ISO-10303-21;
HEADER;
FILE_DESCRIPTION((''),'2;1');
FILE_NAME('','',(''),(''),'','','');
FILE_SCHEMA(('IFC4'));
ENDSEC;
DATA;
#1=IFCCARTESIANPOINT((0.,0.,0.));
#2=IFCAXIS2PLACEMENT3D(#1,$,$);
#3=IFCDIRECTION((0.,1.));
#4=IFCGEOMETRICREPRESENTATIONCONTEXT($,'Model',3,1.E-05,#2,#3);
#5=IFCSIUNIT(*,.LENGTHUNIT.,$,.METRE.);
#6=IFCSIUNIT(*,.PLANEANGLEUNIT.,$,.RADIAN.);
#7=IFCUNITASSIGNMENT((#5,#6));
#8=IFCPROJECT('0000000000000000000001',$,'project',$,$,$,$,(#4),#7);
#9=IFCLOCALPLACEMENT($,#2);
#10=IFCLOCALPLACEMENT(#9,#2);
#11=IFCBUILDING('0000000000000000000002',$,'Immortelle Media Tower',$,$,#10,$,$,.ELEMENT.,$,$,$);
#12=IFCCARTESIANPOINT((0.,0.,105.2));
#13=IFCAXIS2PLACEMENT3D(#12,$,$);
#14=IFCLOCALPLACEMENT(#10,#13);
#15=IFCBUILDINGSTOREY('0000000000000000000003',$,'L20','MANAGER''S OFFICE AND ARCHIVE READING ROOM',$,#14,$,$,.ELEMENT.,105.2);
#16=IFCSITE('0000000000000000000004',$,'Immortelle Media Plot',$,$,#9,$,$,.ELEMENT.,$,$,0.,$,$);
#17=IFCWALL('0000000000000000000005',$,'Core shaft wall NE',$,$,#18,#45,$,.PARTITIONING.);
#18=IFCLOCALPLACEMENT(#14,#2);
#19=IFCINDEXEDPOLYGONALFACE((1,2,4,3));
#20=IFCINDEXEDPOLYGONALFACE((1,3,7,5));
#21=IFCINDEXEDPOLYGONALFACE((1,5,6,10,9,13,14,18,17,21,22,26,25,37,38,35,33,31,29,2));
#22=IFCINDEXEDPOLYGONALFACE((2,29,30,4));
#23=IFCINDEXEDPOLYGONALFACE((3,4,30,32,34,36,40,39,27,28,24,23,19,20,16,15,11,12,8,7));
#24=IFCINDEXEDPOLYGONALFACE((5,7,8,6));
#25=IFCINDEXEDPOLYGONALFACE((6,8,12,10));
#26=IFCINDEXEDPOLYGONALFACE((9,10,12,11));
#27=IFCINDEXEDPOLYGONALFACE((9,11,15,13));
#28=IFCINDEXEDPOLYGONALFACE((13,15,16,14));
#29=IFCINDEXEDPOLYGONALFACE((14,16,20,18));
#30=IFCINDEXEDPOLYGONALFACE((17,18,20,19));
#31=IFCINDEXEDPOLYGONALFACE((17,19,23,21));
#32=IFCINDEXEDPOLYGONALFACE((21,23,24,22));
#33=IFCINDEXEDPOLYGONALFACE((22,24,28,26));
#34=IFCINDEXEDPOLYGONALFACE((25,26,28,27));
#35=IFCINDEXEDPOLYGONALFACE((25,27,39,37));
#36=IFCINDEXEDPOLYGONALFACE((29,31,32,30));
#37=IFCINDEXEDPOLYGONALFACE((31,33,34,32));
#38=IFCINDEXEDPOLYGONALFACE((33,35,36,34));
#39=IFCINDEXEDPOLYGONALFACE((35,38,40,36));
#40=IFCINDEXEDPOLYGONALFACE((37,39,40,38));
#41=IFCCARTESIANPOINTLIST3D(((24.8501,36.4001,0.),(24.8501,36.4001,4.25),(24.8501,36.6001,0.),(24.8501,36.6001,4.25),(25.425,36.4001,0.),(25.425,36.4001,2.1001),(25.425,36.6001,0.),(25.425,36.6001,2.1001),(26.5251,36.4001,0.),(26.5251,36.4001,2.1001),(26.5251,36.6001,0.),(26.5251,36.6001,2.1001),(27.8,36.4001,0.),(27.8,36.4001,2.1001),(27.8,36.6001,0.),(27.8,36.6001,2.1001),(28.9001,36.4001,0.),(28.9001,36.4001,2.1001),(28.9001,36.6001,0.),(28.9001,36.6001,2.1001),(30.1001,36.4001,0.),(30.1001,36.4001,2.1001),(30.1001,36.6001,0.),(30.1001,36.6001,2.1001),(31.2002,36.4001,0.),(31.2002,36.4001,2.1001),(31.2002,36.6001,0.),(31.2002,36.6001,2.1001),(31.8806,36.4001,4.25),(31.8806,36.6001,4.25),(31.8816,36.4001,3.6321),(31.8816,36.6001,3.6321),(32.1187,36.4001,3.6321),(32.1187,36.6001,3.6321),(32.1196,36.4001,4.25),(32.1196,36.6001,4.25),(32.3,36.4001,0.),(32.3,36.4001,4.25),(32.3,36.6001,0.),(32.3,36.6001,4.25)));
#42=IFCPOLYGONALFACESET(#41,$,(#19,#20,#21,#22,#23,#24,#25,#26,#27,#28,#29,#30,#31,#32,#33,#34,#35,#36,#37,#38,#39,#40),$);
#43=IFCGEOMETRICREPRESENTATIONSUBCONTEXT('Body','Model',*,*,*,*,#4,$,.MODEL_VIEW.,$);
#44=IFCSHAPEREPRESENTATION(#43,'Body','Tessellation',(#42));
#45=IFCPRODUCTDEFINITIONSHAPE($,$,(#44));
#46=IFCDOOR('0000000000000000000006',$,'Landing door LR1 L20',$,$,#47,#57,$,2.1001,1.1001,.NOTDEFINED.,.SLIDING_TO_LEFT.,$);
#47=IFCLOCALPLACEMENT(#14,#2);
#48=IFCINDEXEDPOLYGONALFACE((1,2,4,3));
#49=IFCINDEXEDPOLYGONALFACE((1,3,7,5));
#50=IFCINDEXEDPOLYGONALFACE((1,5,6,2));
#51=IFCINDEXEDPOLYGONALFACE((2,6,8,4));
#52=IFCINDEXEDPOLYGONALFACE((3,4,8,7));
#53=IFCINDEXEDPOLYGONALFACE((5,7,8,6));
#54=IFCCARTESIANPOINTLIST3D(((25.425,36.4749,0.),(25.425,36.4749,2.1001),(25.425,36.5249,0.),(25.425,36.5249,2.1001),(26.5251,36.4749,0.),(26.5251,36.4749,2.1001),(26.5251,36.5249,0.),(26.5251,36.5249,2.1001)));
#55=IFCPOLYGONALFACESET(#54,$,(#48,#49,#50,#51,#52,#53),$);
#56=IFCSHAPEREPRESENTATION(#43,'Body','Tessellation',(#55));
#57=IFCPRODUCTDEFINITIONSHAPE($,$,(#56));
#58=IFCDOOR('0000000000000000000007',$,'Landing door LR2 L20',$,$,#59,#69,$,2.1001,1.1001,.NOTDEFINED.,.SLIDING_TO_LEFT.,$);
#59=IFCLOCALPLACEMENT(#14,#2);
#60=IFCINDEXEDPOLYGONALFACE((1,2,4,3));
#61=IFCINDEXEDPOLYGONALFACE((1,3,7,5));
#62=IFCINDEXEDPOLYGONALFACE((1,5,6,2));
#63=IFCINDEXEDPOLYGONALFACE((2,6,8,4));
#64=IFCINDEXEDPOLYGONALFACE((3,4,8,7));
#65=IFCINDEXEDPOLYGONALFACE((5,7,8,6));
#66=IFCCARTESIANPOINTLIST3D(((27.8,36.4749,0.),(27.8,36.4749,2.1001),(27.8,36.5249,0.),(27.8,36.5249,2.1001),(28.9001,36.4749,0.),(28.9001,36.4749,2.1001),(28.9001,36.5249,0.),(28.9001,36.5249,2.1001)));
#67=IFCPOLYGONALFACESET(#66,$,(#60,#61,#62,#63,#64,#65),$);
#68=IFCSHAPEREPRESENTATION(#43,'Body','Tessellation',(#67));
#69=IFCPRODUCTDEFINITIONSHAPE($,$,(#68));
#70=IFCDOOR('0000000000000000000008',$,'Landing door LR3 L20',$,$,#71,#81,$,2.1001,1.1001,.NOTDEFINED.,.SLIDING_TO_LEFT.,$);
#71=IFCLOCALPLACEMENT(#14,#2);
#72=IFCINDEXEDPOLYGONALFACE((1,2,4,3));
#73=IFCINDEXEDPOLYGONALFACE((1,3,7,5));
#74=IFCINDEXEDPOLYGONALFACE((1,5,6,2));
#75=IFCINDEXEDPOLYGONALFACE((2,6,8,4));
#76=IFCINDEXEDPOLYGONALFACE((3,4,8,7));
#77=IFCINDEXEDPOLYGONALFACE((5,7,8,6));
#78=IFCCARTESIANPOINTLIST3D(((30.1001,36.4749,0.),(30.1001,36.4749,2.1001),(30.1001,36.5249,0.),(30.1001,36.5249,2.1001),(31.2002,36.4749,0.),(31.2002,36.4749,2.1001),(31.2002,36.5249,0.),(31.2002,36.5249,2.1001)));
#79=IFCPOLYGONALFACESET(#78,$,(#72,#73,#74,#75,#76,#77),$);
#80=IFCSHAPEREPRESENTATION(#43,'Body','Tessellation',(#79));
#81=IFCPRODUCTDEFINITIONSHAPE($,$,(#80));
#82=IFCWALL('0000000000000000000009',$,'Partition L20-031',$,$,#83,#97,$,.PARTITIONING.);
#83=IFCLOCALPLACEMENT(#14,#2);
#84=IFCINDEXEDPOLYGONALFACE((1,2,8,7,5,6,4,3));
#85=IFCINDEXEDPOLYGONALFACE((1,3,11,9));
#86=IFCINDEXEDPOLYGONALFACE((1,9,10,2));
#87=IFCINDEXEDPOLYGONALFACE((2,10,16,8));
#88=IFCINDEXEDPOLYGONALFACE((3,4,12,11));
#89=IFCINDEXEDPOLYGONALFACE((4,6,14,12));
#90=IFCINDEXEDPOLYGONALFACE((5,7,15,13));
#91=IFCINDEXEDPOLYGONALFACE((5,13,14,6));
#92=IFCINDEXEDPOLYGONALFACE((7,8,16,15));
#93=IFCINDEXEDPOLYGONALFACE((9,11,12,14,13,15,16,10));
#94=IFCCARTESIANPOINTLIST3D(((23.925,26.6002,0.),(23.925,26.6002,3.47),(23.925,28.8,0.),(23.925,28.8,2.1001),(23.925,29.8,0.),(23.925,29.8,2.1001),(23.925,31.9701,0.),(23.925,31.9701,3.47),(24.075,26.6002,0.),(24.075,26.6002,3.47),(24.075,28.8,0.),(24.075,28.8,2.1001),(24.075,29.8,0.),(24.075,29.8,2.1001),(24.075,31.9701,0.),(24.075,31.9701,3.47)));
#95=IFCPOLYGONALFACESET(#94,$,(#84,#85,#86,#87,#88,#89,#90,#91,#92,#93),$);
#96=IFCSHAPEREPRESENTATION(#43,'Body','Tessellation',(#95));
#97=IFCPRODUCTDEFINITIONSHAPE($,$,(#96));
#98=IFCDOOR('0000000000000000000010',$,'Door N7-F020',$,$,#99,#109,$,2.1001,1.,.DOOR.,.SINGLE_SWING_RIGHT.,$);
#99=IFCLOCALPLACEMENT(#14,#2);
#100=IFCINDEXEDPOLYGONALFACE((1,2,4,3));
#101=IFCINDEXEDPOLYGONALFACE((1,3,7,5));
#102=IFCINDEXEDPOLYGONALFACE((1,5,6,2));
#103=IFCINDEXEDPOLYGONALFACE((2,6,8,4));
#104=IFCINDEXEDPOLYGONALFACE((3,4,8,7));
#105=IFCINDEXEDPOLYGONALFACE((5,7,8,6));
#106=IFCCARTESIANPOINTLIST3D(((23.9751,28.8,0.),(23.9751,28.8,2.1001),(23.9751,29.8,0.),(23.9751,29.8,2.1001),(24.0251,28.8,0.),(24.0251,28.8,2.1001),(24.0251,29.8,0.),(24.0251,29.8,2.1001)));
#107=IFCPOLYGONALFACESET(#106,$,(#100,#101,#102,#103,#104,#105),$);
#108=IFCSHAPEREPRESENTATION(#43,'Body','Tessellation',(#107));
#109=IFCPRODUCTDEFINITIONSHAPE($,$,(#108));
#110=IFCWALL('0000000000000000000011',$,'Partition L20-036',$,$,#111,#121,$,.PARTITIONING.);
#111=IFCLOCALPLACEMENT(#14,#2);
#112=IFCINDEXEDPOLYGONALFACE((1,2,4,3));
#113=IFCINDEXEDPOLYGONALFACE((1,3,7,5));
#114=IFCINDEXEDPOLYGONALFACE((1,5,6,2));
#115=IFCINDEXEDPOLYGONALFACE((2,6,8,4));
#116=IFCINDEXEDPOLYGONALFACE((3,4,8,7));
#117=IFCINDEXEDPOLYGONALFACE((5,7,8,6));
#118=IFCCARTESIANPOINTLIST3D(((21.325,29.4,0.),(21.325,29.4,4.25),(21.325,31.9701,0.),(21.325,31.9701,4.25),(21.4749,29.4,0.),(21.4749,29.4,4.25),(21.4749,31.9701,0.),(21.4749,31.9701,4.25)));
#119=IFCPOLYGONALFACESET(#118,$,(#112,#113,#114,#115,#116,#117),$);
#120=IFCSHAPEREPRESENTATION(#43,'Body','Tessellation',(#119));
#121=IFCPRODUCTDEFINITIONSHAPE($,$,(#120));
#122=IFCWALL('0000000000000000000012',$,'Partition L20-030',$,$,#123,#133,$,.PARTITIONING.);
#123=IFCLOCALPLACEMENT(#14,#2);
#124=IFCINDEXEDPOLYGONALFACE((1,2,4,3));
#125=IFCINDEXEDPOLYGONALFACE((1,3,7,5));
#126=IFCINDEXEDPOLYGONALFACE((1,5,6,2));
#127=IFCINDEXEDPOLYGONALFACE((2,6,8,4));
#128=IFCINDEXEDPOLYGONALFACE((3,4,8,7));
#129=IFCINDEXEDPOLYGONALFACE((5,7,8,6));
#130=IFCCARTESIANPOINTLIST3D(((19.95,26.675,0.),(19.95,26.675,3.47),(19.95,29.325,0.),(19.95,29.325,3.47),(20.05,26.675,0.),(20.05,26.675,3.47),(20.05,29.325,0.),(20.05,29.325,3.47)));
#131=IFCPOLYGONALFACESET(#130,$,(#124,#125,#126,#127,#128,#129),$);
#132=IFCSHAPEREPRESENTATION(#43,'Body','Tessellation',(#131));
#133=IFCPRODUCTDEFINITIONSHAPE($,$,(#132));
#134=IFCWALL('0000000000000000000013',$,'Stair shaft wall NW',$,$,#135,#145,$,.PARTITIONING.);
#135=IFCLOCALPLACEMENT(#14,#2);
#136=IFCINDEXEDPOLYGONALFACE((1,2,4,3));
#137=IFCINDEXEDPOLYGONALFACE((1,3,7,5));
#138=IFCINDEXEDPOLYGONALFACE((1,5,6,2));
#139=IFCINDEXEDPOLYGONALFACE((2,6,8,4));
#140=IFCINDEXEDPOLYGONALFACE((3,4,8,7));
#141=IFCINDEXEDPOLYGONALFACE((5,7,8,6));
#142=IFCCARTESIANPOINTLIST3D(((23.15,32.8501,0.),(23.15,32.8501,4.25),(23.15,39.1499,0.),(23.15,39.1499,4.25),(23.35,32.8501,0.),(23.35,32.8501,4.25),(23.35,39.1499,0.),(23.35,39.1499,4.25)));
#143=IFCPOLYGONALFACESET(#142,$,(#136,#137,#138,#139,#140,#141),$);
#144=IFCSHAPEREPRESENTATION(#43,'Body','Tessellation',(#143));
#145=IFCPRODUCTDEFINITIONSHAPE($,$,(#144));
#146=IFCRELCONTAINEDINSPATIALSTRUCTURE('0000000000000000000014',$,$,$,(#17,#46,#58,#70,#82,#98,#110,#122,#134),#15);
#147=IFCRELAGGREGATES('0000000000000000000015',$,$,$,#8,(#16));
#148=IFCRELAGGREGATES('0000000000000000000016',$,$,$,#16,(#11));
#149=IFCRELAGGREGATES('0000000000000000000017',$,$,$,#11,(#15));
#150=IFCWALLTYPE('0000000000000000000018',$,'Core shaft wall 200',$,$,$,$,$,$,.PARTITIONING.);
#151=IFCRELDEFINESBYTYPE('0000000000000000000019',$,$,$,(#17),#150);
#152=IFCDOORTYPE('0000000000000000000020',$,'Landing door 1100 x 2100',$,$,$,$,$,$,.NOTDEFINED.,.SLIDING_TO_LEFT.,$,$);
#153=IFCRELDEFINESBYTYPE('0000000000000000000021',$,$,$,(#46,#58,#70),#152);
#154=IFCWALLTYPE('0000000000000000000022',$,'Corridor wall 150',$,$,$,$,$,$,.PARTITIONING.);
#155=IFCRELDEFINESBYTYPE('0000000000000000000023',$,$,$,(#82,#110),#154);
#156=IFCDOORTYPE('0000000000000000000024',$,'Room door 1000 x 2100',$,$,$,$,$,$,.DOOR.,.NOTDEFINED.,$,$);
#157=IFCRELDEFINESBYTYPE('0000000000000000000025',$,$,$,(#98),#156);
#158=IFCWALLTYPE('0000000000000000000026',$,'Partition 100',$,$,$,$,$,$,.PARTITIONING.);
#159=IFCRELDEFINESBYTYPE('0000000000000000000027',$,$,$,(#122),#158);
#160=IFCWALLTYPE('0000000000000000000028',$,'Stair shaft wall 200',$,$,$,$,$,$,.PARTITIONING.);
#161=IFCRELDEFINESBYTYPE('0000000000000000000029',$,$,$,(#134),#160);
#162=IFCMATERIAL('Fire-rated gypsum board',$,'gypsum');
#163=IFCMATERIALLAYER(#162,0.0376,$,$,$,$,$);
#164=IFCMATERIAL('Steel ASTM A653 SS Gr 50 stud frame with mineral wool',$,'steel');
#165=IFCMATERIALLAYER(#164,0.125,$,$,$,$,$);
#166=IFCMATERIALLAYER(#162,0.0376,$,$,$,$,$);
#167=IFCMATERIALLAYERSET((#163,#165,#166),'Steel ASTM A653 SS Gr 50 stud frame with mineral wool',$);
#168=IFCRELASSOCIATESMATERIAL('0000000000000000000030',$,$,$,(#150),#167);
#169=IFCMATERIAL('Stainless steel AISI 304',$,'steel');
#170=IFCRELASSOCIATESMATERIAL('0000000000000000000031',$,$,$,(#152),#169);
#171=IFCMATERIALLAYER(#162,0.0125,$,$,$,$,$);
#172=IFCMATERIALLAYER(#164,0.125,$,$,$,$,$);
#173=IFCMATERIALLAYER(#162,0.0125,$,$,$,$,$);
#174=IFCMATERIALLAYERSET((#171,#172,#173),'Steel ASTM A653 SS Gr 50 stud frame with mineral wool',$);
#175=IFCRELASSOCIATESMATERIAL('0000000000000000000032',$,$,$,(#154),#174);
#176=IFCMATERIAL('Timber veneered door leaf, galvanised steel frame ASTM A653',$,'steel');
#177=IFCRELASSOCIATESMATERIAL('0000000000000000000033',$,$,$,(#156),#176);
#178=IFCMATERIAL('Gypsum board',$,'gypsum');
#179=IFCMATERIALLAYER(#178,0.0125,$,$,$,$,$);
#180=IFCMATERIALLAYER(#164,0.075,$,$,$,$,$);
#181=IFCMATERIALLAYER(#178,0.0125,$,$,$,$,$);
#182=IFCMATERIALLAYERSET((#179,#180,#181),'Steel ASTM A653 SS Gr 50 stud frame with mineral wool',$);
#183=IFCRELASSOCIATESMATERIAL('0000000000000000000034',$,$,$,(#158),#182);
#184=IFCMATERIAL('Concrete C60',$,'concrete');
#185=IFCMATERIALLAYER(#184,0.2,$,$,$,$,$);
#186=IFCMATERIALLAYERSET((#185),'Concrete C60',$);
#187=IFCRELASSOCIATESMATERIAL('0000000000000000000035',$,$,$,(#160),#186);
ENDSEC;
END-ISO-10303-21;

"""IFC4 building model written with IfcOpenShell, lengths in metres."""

from ifc_helpers import new_model, si_unit, direction, frame, frame_2d, origin, place, context, subcontext, project, spatial, polyline, rectangle, outline, extrude, material, layer, layer_set, type_object, element, fill, save


model = new_model("IFC4")

# Units and contexts
model_context = context("Model", 3, precision=1e-05, world=origin(), true_north=direction((0.0, 1.0)))
body_context = subcontext(model_context, "Body", "Model", "MODEL_VIEW")
ifc_project = project(units=[si_unit("LENGTHUNIT", "METRE"), si_unit("PLANEANGLEUNIT", "RADIAN")], contexts=[model_context])

# Site, building, storey
site_placement = place(None, origin())
site = spatial("IfcSite", under=ifc_project, at=site_placement, Name="Immortelle Media Plot", CompositionType="ELEMENT", RefElevation=0.0)
building_placement = place(site_placement, origin())
building = spatial("IfcBuilding", under=site, at=building_placement, Name="Immortelle Media Tower", CompositionType="ELEMENT")
storey_placement = place(building_placement, frame((0.0, 0.0, 105.2)))
storey = spatial("IfcBuildingStorey", under=building, at=storey_placement, Name="L20", Description="MANAGER'S OFFICE AND ARCHIVE READING ROOM", CompositionType="ELEMENT", Elevation=105.2)

# Shared definitions
ifc_material_1 = material(Name="Fire-rated gypsum board", Category="gypsum")
ifc_material_2 = material(Name="Steel ASTM A653 SS Gr 50 stud frame with mineral wool", Category="steel")
ifc_layer_1 = layer(ifc_material_1, 0.0376)
ifc_layer_2 = layer(ifc_material_2, 0.125)
ifc_layer_3 = layer(ifc_material_1, 0.0376)
ifc_layer_set_1 = layer_set([ifc_layer_1, ifc_layer_2, ifc_layer_3], Name="Steel ASTM A653 SS Gr 50 stud frame with mineral wool")
wall_type_1 = type_object("IfcWallType", Name="Core shaft wall 200", PredefinedType="PARTITIONING", material=ifc_layer_set_1)

# Wall, openings, doors
wall_1_placement = place(storey_placement, frame((24.8501, 36.5, 0.0), z_axis=(0.0, 0.0, 1.0), x_axis=(1.0, 0.0, 0.0)))
wall_1 = element("IfcWall", 1, at=wall_1_placement, inside=storey, type_object=wall_type_1, Name="Core shaft wall NE", PredefinedType="PARTITIONING", context=body_context, shape_type="SweptSolid", body=[
    extrude(outline(polyline([(0.0, 0.0), (7.45, 0.0), (7.45, 4.25), (7.2695, 4.25), (7.2686, 3.6321), (7.0315, 3.6321), (7.0305, 4.25), (0.0, 4.25), (0.0, 0.0)])), frame((0.0, 0.1001, 0.0), z_axis=(0.0, -1.0, 0.0), x_axis=(1.0, 0.0, 0.0)), (0.0, 0.0, 1.0), 0.2),
])
opening_1_placement = place(wall_1_placement, frame((0.575, 0.0, 0.0)))
opening_1 = element("IfcOpeningElement", 2, at=opening_1_placement, cuts=wall_1, PredefinedType="OPENING", context=body_context, shape_type="SweptSolid", body=[
    extrude(rectangle(XDim=1.1001, YDim=2.1001, at=frame_2d((0.55, 1.05))), frame((0.0, 0.1099, 0.0), z_axis=(0.0, -1.0, 0.0), x_axis=(1.0, 0.0, 0.0)), (0.0, 0.0, 1.0), 0.22),
])
opening_2_placement = place(wall_1_placement, frame((2.95, 0.0, 0.0)))
opening_2 = element("IfcOpeningElement", 3, at=opening_2_placement, cuts=wall_1, PredefinedType="OPENING", context=body_context, shape_type="SweptSolid", body=[
    extrude(rectangle(XDim=1.1001, YDim=2.1001, at=frame_2d((0.55, 1.05))), frame((0.0, 0.1099, 0.0), z_axis=(0.0, -1.0, 0.0), x_axis=(1.0, 0.0, 0.0)), (0.0, 0.0, 1.0), 0.22),
])
opening_3_placement = place(wall_1_placement, frame((5.25, 0.0, 0.0)))
opening_3 = element("IfcOpeningElement", 4, at=opening_3_placement, cuts=wall_1, PredefinedType="OPENING", context=body_context, shape_type="SweptSolid", body=[
    extrude(rectangle(XDim=1.1001, YDim=2.1001, at=frame_2d((0.55, 1.05))), frame((0.0, 0.1099, 0.0), z_axis=(0.0, -1.0, 0.0), x_axis=(1.0, 0.0, 0.0)), (0.0, 0.0, 1.0), 0.22),
])
ifc_material_3 = material(Name="Stainless steel AISI 304", Category="steel")
door_type_1 = type_object("IfcDoorType", Name="Landing door 1100 x 2100", OperationType="SLIDING_TO_LEFT", PredefinedType="NOTDEFINED", material=ifc_material_3)
door_1_placement = place(opening_1_placement, origin())
door_1 = element("IfcDoor", 5, at=door_1_placement, inside=storey, type_object=door_type_1, Name="Landing door LR1 L20", OperationType="SLIDING_TO_LEFT", OverallHeight=2.1001, OverallWidth=1.1001, PredefinedType="NOTDEFINED", context=body_context, shape_type="SweptSolid", body=[
    extrude(rectangle(XDim=1.1001, YDim=2.1001, at=frame_2d((0.55, 1.05))), frame((0.0, 0.0249, 0.0), z_axis=(0.0, -1.0, 0.0), x_axis=(1.0, 0.0, 0.0)), (0.0, 0.0, 1.0), 0.05),
])
fill(opening_1, door_1)
door_2_placement = place(opening_2_placement, origin())
door_2 = element("IfcDoor", 6, at=door_2_placement, inside=storey, type_object=door_type_1, Name="Landing door LR2 L20", OperationType="SLIDING_TO_LEFT", OverallHeight=2.1001, OverallWidth=1.1001, PredefinedType="NOTDEFINED", context=body_context, shape_type="SweptSolid", body=[
    extrude(rectangle(XDim=1.1001, YDim=2.1001, at=frame_2d((0.55, 1.05))), frame((0.0, 0.0249, 0.0), z_axis=(0.0, -1.0, 0.0), x_axis=(1.0, 0.0, 0.0)), (0.0, 0.0, 1.0), 0.05),
])
fill(opening_2, door_2)
door_3_placement = place(opening_3_placement, origin())
door_3 = element("IfcDoor", 7, at=door_3_placement, inside=storey, type_object=door_type_1, Name="Landing door LR3 L20", OperationType="SLIDING_TO_LEFT", OverallHeight=2.1001, OverallWidth=1.1001, PredefinedType="NOTDEFINED", context=body_context, shape_type="SweptSolid", body=[
    extrude(rectangle(XDim=1.1001, YDim=2.1001, at=frame_2d((0.55, 1.05))), frame((0.0, 0.0249, 0.0), z_axis=(0.0, -1.0, 0.0), x_axis=(1.0, 0.0, 0.0)), (0.0, 0.0, 1.0), 0.05),
])
fill(opening_3, door_3)

# Wall, opening, door
ifc_layer_4 = layer(ifc_material_1, 0.0125)
ifc_layer_5 = layer(ifc_material_2, 0.125)
ifc_layer_6 = layer(ifc_material_1, 0.0125)
ifc_layer_set_2 = layer_set([ifc_layer_4, ifc_layer_5, ifc_layer_6], Name="Steel ASTM A653 SS Gr 50 stud frame with mineral wool")
wall_type_2 = type_object("IfcWallType", Name="Corridor wall 150", PredefinedType="PARTITIONING", material=ifc_layer_set_2)
wall_2_placement = place(storey_placement, frame((24.0, 26.6001, 0.0), z_axis=(0.0, 0.0, 1.0), x_axis=(0.0, 1.0, 0.0)))
wall_2 = element("IfcWall", 8, at=wall_2_placement, inside=storey, type_object=wall_type_2, Name="Partition L20-031", PredefinedType="PARTITIONING", context=body_context, shape_type="SweptSolid", body=[
    extrude(rectangle(XDim=5.3699, YDim=0.1499, at=frame_2d((2.6851, 0.0))), origin(), (0.0, 0.0, 1.0), 3.47),
])
opening_4_placement = place(wall_2_placement, frame((2.2, 0.0, 0.0)))
opening_4 = element("IfcOpeningElement", 9, at=opening_4_placement, cuts=wall_2, PredefinedType="OPENING", context=body_context, shape_type="SweptSolid", body=[
    extrude(rectangle(XDim=1.0, YDim=2.1001, at=frame_2d((0.5, 1.05))), frame((0.0, 0.085, 0.0), z_axis=(0.0, -1.0, 0.0), x_axis=(1.0, 0.0, 0.0)), (0.0, 0.0, 1.0), 0.1699),
])
ifc_material_4 = material(Name="Timber veneered door leaf, galvanised steel frame ASTM A653", Category="steel")
door_type_2 = type_object("IfcDoorType", Name="Room door 1000 x 2100", OperationType="NOTDEFINED", PredefinedType="DOOR", material=ifc_material_4)
door_4_placement = place(opening_4_placement, origin())
door_4 = element("IfcDoor", 10, at=door_4_placement, inside=storey, type_object=door_type_2, Name="Door N7-F020", OperationType="SINGLE_SWING_RIGHT", OverallHeight=2.1001, OverallWidth=1.0, PredefinedType="DOOR", context=body_context, shape_type="SweptSolid", body=[
    extrude(rectangle(XDim=1.0, YDim=2.1001, at=frame_2d((0.5, 1.05))), frame((0.0, 0.0249, 0.0), z_axis=(0.0, -1.0, 0.0), x_axis=(1.0, 0.0, 0.0)), (0.0, 0.0, 1.0), 0.05),
])
fill(opening_4, door_4)

# Walls
wall_3_placement = place(storey_placement, frame((21.3999, 29.3999, 0.0), z_axis=(0.0, 0.0, 1.0), x_axis=(0.0, 1.0, 0.0)))
element("IfcWall", 11, at=wall_3_placement, inside=storey, type_object=wall_type_2, Name="Partition L20-036", PredefinedType="PARTITIONING", context=body_context, shape_type="SweptSolid", body=[
    extrude(rectangle(XDim=2.5701, YDim=0.1499, at=frame_2d((1.2852, 0.0))), origin(), (0.0, 0.0, 1.0), 4.25),
])
ifc_material_5 = material(Name="Gypsum board", Category="gypsum")
ifc_layer_7 = layer(ifc_material_5, 0.0125)
ifc_layer_8 = layer(ifc_material_2, 0.075)
ifc_layer_9 = layer(ifc_material_5, 0.0125)
ifc_layer_set_3 = layer_set([ifc_layer_7, ifc_layer_8, ifc_layer_9], Name="Steel ASTM A653 SS Gr 50 stud frame with mineral wool")
wall_type_3 = type_object("IfcWallType", Name="Partition 100", PredefinedType="PARTITIONING", material=ifc_layer_set_3)
wall_4_placement = place(storey_placement, frame((20.0, 26.675, 0.0), z_axis=(0.0, 0.0, 1.0), x_axis=(0.0, 1.0, 0.0)))
element("IfcWall", 12, at=wall_4_placement, inside=storey, type_object=wall_type_3, Name="Partition L20-030", PredefinedType="PARTITIONING", context=body_context, shape_type="SweptSolid", body=[
    extrude(rectangle(XDim=2.6499, YDim=0.1001, at=frame_2d((1.325, 0.0))), origin(), (0.0, 0.0, 1.0), 3.47),
])
ifc_material_6 = material(Name="Concrete C60", Category="concrete")
ifc_layer_10 = layer(ifc_material_6, 0.2)
ifc_layer_set_4 = layer_set([ifc_layer_10], Name="Concrete C60")
wall_type_4 = type_object("IfcWallType", Name="Stair shaft wall 200", PredefinedType="PARTITIONING", material=ifc_layer_set_4)
wall_5_placement = place(storey_placement, frame((23.25, 32.8501, 0.0), z_axis=(0.0, 0.0, 1.0), x_axis=(0.0, 1.0, 0.0)))
element("IfcWall", 13, at=wall_5_placement, inside=storey, type_object=wall_type_4, Name="Stair shaft wall NW", PredefinedType="PARTITIONING", context=body_context, shape_type="SweptSolid", body=[
    extrude(rectangle(XDim=6.2998, YDim=0.2, at=frame_2d((3.1499, 0.0))), origin(), (0.0, 0.0, 1.0), 4.25),
])

save(model, "model.ifc")
